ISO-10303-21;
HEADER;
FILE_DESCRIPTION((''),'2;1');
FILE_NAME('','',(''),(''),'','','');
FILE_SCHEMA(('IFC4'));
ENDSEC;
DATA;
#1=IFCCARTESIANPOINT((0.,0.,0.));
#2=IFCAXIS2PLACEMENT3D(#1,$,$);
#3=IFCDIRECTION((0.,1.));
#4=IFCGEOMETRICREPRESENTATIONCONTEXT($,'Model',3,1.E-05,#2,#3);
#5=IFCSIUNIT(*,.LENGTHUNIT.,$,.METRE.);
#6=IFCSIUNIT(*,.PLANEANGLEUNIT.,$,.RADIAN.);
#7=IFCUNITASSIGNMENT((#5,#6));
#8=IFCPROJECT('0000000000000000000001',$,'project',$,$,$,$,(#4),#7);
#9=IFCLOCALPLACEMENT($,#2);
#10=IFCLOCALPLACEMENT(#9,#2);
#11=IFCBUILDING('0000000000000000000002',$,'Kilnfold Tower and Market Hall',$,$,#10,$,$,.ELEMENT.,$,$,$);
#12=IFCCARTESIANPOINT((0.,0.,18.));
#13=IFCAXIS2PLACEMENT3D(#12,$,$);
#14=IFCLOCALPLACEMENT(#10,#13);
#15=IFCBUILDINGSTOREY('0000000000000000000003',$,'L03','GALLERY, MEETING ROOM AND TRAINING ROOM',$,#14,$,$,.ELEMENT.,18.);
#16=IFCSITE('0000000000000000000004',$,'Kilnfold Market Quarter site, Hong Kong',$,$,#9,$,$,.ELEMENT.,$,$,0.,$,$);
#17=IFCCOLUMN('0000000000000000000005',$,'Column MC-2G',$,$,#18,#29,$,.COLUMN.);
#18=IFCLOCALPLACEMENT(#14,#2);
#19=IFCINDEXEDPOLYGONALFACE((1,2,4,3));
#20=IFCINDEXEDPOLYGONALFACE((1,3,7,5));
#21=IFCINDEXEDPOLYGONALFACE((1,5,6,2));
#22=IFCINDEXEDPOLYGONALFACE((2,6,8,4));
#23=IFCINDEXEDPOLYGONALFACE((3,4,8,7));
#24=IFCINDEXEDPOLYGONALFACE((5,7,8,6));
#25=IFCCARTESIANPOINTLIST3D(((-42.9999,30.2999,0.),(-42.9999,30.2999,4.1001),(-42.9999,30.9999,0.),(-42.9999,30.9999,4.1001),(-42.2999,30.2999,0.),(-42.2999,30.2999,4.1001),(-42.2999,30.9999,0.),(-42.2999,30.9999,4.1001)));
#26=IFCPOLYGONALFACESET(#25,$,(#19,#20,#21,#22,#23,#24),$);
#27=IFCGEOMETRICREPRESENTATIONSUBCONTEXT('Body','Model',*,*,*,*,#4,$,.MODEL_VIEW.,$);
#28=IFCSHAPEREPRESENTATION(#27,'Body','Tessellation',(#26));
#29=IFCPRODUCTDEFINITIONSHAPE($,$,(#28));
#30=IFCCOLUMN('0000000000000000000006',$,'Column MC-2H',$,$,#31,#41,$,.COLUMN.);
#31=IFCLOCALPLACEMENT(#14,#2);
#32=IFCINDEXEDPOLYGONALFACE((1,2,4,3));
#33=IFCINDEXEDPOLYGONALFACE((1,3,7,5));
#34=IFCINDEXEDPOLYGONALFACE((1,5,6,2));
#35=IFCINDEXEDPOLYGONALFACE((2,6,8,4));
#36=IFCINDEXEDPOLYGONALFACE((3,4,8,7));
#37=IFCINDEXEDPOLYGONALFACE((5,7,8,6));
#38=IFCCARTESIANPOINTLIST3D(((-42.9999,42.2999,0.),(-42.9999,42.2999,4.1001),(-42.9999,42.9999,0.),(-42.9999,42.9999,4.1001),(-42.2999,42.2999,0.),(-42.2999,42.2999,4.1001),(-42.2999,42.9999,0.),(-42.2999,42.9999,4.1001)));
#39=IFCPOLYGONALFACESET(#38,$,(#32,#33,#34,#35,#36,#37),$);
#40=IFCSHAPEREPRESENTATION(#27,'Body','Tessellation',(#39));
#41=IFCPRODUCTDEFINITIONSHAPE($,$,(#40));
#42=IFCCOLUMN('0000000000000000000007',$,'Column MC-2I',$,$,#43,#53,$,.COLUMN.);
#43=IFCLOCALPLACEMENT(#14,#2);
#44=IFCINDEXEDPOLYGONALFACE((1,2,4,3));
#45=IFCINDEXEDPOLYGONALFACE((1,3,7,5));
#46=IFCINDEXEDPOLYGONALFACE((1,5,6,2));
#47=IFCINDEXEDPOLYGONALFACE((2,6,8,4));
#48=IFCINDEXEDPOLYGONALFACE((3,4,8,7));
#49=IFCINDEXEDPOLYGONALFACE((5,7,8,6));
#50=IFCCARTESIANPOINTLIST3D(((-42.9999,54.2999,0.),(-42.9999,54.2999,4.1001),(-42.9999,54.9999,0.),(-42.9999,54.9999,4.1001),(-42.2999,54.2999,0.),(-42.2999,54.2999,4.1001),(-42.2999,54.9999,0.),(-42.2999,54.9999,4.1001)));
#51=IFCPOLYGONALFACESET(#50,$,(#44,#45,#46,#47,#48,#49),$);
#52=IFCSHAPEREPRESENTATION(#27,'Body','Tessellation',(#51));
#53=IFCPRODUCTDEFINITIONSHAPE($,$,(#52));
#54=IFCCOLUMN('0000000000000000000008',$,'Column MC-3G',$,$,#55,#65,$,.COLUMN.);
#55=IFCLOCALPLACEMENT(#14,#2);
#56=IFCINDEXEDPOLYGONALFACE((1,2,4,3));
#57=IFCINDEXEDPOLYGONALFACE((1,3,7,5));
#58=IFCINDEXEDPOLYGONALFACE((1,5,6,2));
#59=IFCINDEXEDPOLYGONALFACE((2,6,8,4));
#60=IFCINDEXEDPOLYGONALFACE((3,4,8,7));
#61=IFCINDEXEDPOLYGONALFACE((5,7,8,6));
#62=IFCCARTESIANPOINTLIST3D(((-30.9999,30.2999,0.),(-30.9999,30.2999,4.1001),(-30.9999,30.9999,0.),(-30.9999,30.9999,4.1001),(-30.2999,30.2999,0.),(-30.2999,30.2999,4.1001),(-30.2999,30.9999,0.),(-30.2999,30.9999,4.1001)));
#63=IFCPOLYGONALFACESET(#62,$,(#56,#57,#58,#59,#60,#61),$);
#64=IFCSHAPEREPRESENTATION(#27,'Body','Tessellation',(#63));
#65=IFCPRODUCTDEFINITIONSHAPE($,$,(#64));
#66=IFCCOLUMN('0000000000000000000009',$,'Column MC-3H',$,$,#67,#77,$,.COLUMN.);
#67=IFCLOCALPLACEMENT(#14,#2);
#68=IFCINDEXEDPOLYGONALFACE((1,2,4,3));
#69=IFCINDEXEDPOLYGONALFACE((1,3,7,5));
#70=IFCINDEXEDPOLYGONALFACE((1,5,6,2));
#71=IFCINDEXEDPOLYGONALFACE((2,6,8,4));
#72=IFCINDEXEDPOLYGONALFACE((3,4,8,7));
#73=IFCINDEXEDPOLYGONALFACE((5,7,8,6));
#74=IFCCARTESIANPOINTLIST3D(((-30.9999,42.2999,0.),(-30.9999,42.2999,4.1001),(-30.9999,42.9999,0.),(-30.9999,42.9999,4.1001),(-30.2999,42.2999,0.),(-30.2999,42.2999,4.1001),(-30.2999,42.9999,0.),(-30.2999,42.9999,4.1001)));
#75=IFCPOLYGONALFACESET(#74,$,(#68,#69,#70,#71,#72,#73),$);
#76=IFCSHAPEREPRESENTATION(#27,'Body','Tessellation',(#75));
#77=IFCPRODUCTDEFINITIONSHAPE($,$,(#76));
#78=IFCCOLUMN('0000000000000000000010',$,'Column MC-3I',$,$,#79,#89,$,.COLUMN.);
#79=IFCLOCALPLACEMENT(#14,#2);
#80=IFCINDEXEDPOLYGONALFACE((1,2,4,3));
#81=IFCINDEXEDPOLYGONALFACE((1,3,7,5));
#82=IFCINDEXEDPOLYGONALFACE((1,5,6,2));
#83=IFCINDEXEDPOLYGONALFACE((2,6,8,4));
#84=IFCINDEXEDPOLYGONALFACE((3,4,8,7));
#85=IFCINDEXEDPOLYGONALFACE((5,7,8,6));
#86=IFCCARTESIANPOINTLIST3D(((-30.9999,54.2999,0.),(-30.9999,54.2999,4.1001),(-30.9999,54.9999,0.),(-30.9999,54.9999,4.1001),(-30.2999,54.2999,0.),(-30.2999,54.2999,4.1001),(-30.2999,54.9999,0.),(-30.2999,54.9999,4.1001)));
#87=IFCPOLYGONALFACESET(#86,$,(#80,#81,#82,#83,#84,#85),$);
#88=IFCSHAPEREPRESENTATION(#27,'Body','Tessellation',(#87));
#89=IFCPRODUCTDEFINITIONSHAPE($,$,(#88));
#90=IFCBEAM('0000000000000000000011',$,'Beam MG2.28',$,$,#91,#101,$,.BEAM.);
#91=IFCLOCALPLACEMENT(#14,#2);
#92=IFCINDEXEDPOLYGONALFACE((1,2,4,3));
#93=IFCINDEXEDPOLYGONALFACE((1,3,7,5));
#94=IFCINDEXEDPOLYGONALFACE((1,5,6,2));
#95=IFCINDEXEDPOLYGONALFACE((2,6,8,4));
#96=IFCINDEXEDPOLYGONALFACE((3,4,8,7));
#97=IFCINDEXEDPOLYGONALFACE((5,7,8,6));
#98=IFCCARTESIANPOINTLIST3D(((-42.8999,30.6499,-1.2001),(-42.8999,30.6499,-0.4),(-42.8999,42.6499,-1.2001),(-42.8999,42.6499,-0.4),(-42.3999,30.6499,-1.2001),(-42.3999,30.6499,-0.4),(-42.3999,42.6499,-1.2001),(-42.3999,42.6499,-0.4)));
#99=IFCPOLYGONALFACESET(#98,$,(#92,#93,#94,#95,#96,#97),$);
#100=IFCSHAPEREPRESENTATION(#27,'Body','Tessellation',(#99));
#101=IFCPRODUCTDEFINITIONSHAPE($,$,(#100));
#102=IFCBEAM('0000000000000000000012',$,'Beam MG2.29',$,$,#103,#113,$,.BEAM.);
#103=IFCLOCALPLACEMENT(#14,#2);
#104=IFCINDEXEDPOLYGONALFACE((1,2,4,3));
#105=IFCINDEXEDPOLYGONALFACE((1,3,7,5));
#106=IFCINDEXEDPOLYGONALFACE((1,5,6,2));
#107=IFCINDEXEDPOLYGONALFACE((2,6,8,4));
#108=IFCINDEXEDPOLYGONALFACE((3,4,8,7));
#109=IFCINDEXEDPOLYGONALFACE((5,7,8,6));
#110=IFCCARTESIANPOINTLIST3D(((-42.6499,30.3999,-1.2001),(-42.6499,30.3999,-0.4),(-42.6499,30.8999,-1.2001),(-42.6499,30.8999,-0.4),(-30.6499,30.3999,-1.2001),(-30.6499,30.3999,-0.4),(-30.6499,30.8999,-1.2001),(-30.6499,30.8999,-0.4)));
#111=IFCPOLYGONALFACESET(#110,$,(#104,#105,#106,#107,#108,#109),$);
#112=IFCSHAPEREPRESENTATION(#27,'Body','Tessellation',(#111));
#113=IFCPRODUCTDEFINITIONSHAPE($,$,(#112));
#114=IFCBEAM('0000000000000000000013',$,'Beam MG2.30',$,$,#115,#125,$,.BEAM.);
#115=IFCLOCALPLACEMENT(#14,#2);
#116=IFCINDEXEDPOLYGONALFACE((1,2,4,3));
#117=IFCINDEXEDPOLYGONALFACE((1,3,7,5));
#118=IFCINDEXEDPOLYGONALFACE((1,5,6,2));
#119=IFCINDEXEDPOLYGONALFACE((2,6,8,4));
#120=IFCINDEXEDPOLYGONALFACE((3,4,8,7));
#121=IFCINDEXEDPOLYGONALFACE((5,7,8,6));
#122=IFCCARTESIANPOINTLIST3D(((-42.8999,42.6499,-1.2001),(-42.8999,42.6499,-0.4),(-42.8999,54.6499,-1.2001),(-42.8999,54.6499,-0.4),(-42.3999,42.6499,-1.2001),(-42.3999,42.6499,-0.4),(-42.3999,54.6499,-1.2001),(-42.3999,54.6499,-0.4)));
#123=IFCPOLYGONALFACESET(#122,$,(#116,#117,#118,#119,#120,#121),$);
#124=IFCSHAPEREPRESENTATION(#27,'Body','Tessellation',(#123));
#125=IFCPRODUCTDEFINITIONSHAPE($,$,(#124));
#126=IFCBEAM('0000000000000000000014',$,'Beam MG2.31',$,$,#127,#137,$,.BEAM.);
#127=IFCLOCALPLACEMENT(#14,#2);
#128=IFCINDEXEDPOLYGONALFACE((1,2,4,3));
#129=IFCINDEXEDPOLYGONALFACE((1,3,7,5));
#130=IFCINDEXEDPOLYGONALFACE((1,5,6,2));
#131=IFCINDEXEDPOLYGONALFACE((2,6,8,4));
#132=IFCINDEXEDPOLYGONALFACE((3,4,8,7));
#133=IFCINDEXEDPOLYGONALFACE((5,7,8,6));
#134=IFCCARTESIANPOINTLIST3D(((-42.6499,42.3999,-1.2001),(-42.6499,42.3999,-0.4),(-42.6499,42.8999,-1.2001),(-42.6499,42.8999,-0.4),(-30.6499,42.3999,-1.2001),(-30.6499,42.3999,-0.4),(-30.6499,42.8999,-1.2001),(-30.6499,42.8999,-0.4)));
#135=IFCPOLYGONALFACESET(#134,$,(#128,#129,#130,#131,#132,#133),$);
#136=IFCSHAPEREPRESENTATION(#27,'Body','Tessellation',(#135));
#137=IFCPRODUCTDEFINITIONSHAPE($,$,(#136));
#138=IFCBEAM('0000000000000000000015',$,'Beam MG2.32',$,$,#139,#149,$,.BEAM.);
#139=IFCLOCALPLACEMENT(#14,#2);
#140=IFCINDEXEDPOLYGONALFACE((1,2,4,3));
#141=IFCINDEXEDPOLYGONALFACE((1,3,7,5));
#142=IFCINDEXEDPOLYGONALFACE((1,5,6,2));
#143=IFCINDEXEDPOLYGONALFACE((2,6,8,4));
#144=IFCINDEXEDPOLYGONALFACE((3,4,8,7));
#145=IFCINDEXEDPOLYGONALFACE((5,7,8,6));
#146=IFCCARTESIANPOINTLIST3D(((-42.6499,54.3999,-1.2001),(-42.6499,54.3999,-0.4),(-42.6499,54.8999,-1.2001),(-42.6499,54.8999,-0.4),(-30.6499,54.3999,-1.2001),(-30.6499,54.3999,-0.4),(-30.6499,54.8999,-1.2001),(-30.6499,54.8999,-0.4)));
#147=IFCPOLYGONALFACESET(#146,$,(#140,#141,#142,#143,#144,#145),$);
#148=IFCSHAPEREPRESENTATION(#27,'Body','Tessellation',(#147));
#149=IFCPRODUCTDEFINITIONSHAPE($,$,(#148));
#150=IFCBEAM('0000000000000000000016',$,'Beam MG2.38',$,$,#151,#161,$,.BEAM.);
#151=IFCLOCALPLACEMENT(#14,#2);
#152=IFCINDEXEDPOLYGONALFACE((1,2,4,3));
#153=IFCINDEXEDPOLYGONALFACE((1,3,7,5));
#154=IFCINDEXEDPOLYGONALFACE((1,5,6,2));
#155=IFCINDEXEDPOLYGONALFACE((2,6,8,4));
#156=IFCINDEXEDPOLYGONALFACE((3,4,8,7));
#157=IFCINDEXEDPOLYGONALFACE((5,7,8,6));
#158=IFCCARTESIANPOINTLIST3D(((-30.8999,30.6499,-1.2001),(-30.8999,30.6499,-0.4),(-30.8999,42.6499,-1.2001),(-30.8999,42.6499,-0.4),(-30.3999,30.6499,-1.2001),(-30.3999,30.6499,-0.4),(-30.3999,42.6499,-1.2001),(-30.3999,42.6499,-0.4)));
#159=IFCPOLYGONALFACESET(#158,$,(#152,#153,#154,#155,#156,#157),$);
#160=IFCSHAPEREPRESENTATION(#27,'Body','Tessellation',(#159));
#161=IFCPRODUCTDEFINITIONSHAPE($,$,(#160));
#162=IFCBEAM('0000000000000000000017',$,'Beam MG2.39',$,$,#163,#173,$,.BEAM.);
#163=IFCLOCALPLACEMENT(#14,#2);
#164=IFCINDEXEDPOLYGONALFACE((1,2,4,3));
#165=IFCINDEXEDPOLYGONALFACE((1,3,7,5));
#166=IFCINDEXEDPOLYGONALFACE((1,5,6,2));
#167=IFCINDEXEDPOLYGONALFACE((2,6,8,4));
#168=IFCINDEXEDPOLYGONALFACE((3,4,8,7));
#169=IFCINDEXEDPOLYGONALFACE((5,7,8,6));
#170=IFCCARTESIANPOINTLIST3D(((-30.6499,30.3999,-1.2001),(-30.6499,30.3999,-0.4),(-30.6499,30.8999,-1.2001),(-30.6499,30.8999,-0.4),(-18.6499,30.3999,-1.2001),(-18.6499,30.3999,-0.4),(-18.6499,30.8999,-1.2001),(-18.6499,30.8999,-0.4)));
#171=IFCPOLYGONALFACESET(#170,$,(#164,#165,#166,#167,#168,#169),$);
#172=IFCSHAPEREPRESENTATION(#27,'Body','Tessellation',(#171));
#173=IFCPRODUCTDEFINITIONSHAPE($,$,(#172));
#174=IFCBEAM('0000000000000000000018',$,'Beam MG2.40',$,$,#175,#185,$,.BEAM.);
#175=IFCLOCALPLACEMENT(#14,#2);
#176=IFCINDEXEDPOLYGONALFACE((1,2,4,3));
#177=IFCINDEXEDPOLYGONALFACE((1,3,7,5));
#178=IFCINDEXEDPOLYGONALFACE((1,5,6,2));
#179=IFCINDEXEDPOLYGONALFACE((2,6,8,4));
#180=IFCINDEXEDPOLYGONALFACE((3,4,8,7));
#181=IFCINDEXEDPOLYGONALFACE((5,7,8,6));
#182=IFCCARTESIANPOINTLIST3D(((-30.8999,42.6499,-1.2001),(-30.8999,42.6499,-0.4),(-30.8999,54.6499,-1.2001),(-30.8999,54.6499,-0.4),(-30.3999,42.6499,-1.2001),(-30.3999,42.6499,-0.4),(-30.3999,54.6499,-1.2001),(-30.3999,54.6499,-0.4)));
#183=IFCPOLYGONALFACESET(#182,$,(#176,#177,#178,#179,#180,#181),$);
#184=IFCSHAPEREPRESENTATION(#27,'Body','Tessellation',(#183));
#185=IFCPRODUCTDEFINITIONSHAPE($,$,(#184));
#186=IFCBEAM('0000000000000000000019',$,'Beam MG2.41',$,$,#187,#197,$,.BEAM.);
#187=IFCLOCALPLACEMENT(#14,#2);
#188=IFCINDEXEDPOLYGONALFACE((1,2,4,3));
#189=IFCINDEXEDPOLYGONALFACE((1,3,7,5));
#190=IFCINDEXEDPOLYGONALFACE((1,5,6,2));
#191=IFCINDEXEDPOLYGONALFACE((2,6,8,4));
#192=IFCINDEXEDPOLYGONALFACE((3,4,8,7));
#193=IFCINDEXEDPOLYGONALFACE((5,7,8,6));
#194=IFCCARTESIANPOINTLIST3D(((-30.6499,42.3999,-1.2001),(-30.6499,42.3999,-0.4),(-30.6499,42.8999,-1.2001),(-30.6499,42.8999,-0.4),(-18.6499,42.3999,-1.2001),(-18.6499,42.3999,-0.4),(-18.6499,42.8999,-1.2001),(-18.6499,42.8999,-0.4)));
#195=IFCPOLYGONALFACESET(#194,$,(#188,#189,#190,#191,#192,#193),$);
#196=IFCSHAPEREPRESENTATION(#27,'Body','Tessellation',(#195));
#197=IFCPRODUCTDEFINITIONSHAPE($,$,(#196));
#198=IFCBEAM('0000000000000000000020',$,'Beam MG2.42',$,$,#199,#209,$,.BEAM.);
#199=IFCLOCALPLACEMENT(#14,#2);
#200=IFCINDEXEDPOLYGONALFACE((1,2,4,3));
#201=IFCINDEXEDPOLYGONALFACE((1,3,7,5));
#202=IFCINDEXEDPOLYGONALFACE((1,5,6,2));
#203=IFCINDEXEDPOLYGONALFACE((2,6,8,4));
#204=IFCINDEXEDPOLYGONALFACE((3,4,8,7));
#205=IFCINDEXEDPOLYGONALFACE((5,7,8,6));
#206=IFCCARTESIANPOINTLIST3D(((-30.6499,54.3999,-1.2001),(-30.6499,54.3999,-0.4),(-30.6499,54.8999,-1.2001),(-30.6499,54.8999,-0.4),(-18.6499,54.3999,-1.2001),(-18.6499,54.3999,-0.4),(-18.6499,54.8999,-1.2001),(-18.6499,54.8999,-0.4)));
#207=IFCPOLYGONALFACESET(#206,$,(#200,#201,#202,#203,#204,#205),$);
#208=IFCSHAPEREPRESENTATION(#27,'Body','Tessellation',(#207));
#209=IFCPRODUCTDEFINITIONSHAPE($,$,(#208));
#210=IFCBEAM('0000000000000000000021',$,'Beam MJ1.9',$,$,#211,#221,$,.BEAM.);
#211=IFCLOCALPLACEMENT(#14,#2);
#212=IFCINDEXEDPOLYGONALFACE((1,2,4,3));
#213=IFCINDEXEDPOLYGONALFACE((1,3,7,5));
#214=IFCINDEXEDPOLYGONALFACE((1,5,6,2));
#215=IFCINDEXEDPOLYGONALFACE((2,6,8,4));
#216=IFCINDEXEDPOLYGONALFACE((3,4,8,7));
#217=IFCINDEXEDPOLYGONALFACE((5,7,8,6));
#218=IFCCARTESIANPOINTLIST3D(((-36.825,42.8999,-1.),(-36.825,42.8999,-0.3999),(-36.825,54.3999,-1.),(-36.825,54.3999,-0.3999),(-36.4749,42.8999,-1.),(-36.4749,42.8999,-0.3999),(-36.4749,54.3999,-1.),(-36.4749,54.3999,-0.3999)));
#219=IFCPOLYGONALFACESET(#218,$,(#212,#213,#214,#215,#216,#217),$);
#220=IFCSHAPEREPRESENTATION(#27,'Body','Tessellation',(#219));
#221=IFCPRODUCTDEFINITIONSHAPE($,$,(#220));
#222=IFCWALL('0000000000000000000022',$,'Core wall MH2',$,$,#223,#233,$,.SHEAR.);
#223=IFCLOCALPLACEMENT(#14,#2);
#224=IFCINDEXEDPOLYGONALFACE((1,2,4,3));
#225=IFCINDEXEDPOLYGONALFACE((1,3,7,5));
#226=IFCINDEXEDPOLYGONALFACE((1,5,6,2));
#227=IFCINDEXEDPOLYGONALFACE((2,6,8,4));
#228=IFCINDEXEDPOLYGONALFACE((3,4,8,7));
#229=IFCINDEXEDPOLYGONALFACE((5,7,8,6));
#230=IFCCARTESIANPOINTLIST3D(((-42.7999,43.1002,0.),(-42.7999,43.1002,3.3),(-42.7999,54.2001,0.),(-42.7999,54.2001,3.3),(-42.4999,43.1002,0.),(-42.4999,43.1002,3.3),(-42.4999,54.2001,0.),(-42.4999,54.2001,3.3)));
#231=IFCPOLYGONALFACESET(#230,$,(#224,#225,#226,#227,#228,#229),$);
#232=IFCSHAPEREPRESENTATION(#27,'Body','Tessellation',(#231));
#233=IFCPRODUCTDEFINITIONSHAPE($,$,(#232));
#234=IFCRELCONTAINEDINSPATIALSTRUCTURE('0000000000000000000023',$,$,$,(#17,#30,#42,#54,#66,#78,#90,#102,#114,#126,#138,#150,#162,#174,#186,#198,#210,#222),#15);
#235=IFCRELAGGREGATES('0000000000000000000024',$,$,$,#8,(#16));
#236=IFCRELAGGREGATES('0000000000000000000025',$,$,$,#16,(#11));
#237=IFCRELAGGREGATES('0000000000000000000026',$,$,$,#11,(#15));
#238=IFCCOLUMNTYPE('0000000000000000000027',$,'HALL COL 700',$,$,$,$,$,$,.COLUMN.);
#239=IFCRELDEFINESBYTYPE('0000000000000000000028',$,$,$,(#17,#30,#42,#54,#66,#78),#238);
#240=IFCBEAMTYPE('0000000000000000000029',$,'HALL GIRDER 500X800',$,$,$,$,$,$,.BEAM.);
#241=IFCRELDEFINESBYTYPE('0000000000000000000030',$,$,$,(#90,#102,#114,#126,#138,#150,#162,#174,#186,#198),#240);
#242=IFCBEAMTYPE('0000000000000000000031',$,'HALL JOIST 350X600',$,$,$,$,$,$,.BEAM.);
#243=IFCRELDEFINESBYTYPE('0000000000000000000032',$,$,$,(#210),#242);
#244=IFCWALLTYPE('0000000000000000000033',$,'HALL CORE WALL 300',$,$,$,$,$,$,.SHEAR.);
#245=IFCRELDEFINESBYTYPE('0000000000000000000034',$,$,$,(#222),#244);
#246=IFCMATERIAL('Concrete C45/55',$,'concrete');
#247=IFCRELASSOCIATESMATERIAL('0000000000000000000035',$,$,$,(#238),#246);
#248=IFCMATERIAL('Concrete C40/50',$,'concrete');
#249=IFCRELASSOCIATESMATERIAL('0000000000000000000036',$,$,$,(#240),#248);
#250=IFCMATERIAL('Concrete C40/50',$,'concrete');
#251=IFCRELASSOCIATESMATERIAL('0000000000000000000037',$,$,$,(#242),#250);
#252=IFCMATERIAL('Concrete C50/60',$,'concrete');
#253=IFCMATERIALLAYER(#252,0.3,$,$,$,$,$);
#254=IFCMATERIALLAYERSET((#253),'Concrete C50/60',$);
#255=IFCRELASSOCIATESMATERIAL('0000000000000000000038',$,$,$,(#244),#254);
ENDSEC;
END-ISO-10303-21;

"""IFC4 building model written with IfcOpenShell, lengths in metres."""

from ifc_helpers import new_model, si_unit, direction, frame, frame_2d, origin, origin_2d, place, context, subcontext, project, spatial, rectangle, extrude, source, transform, mapped, material, layer, layer_set, material_profile, profile_set, type_object, element, save


model = new_model("IFC4")

# Units and contexts
model_context = context("Model", 3, precision=1e-05, world=origin(), true_north=direction((0.0, 1.0)))
body_context = subcontext(model_context, "Body", "Model", "MODEL_VIEW")
ifc_project = project(units=[si_unit("LENGTHUNIT", "METRE"), si_unit("PLANEANGLEUNIT", "RADIAN")], contexts=[model_context])

# Site, building, storey
site_placement = place(None, origin())
site = spatial("IfcSite", under=ifc_project, at=site_placement, Name="Kilnfold Market Quarter site, Hong Kong", CompositionType="ELEMENT", RefElevation=0.0)
building_placement = place(site_placement, origin())
building = spatial("IfcBuilding", under=site, at=building_placement, Name="Kilnfold Tower and Market Hall", CompositionType="ELEMENT")
storey_placement = place(building_placement, frame((0.0, 0.0, 18.0)))
storey = spatial("IfcBuildingStorey", under=building, at=storey_placement, Name="L03", Description="GALLERY, MEETING ROOM AND TRAINING ROOM", CompositionType="ELEMENT", Elevation=18.0)

# Columns
ifc_material_1 = material(Name="Concrete C45/55", Category="concrete")
ifc_material_profile_1 = material_profile(ifc_material_1, rectangle(XDim=0.7, YDim=0.7, at=origin_2d()), Name="RC 700x700")
ifc_profile_set_1 = profile_set([ifc_material_profile_1], Name="Concrete C45/55")
column_type = type_object("IfcColumnType", Name="HALL COL 700", PredefinedType="COLUMN", material=ifc_profile_set_1)
shared_shape_1 = source(origin(), body_context, "Body", "SweptSolid", [
    extrude(rectangle(XDim=0.7, YDim=0.7, at=origin_2d()), origin(), (0.0, 0.0, 1.0), 4.1001),
])
for number, where, z_axis, x_axis, name in (
    (1, (-42.6499, 30.6499, 0.0), (0.0, 0.0, 1.0), (1.0, 0.0, 0.0), "Column MC-2G"),
    (2, (-42.6499, 42.6499, 0.0), (0.0, 0.0, 1.0), (1.0, 0.0, 0.0), "Column MC-2H"),
    (3, (-42.6499, 54.6499, 0.0), (0.0, 0.0, 1.0), (1.0, 0.0, 0.0), "Column MC-2I"),
    (4, (-30.6499, 30.6499, 0.0), (0.0, 0.0, 1.0), (1.0, 0.0, 0.0), "Column MC-3G"),
    (5, (-30.6499, 42.6499, 0.0), (0.0, 0.0, 1.0), (1.0, 0.0, 0.0), "Column MC-3H"),
    (6, (-30.6499, 54.6499, 0.0), (0.0, 0.0, 1.0), (1.0, 0.0, 0.0), "Column MC-3I"),
):
    element("IfcColumn", number, at=place(storey_placement, frame(where, z_axis=z_axis, x_axis=x_axis)), inside=storey, type_object=column_type, Name=name, PredefinedType="COLUMN", context=body_context, shape_type="MappedRepresentation", body=[
        mapped(shared_shape_1, transform((0.0, 0.0, 0.0))),
    ])

# Beams
ifc_material_2 = material(Name="Concrete C40/50", Category="concrete")
ifc_material_profile_2 = material_profile(ifc_material_2, rectangle(XDim=0.5, YDim=0.8, at=origin_2d()), Name="RC 500x800")
ifc_profile_set_2 = profile_set([ifc_material_profile_2], Name="Concrete C40/50")
beam_type_1 = type_object("IfcBeamType", Name="HALL GIRDER 500X800", PredefinedType="BEAM", material=ifc_profile_set_2)
for number, where, z_axis, x_axis, name in (
    (7, (-42.6499, 30.6499, -0.8), (0.0, 1.0, 0.0), (-1.0, 0.0, 0.0), "Beam MG2.28"),
    (8, (-42.6499, 30.6499, -0.8), (1.0, 0.0, 0.0), (0.0, 1.0, 0.0), "Beam MG2.29"),
    (9, (-42.6499, 42.6499, -0.8), (0.0, 1.0, 0.0), (-1.0, 0.0, 0.0), "Beam MG2.30"),
    (10, (-42.6499, 42.6499, -0.8), (1.0, 0.0, 0.0), (0.0, 1.0, 0.0), "Beam MG2.31"),
    (11, (-42.6499, 54.6499, -0.8), (1.0, 0.0, 0.0), (0.0, 1.0, 0.0), "Beam MG2.32"),
    (12, (-30.6499, 30.6499, -0.8), (0.0, 1.0, 0.0), (-1.0, 0.0, 0.0), "Beam MG2.38"),
    (13, (-30.6499, 30.6499, -0.8), (1.0, 0.0, 0.0), (0.0, 1.0, 0.0), "Beam MG2.39"),
    (14, (-30.6499, 42.6499, -0.8), (0.0, 1.0, 0.0), (-1.0, 0.0, 0.0), "Beam MG2.40"),
    (15, (-30.6499, 42.6499, -0.8), (1.0, 0.0, 0.0), (0.0, 1.0, 0.0), "Beam MG2.41"),
    (16, (-30.6499, 54.6499, -0.8), (1.0, 0.0, 0.0), (0.0, 1.0, 0.0), "Beam MG2.42"),
):
    element("IfcBeam", number, at=place(storey_placement, frame(where, z_axis=z_axis, x_axis=x_axis)), inside=storey, type_object=beam_type_1, Name=name, PredefinedType="BEAM", context=body_context, shape_type="SweptSolid", body=[
        extrude(rectangle(XDim=0.5, YDim=0.8, at=origin_2d()), origin(), (0.0, 0.0, 1.0), 12.0),
    ])
ifc_material_3 = material(Name="Concrete C40/50", Category="concrete")
ifc_material_profile_3 = material_profile(ifc_material_3, rectangle(XDim=0.3501, YDim=0.6001, at=origin_2d()), Name="RC 350x600")
ifc_profile_set_3 = profile_set([ifc_material_profile_3], Name="Concrete C40/50")
beam_type_2 = type_object("IfcBeamType", Name="HALL JOIST 350X600", PredefinedType="BEAM", material=ifc_profile_set_3)
beam_placement = place(storey_placement, frame((-36.6499, 42.8999, -0.7), z_axis=(0.0, 1.0, 0.0), x_axis=(-1.0, 0.0, 0.0)))
element("IfcBeam", 17, at=beam_placement, inside=storey, type_object=beam_type_2, Name="Beam MJ1.9", PredefinedType="BEAM", context=body_context, shape_type="SweptSolid", body=[
    extrude(rectangle(XDim=0.3501, YDim=0.6001, at=origin_2d()), origin(), (0.0, 0.0, 1.0), 11.5),
])

# Wall
ifc_material_4 = material(Name="Concrete C50/60", Category="concrete")
ifc_layer_1 = layer(ifc_material_4, 0.3)
ifc_layer_set_1 = layer_set([ifc_layer_1], Name="Concrete C50/60")
wall_type_1 = type_object("IfcWallType", Name="HALL CORE WALL 300", PredefinedType="SHEAR", material=ifc_layer_set_1)
shared_shape_2 = source(origin(), body_context, "Body", "SweptSolid", [
    extrude(rectangle(XDim=11.0999, YDim=0.3, at=frame_2d((5.5498, 0.0))), origin(), (0.0, 0.0, 1.0), 3.3),
])
wall_1_placement = place(storey_placement, frame((-42.6499, 54.2, 0.0), z_axis=(0.0, 0.0, 1.0), x_axis=(0.0, -1.0, 0.0)))
element("IfcWall", 18, at=wall_1_placement, inside=storey, type_object=wall_type_1, Name="Core wall MH2", PredefinedType="SHEAR", context=body_context, shape_type="MappedRepresentation", body=[
    mapped(shared_shape_2, transform((0.0, 0.0, 0.0))),
])

save(model, "model.ifc")
